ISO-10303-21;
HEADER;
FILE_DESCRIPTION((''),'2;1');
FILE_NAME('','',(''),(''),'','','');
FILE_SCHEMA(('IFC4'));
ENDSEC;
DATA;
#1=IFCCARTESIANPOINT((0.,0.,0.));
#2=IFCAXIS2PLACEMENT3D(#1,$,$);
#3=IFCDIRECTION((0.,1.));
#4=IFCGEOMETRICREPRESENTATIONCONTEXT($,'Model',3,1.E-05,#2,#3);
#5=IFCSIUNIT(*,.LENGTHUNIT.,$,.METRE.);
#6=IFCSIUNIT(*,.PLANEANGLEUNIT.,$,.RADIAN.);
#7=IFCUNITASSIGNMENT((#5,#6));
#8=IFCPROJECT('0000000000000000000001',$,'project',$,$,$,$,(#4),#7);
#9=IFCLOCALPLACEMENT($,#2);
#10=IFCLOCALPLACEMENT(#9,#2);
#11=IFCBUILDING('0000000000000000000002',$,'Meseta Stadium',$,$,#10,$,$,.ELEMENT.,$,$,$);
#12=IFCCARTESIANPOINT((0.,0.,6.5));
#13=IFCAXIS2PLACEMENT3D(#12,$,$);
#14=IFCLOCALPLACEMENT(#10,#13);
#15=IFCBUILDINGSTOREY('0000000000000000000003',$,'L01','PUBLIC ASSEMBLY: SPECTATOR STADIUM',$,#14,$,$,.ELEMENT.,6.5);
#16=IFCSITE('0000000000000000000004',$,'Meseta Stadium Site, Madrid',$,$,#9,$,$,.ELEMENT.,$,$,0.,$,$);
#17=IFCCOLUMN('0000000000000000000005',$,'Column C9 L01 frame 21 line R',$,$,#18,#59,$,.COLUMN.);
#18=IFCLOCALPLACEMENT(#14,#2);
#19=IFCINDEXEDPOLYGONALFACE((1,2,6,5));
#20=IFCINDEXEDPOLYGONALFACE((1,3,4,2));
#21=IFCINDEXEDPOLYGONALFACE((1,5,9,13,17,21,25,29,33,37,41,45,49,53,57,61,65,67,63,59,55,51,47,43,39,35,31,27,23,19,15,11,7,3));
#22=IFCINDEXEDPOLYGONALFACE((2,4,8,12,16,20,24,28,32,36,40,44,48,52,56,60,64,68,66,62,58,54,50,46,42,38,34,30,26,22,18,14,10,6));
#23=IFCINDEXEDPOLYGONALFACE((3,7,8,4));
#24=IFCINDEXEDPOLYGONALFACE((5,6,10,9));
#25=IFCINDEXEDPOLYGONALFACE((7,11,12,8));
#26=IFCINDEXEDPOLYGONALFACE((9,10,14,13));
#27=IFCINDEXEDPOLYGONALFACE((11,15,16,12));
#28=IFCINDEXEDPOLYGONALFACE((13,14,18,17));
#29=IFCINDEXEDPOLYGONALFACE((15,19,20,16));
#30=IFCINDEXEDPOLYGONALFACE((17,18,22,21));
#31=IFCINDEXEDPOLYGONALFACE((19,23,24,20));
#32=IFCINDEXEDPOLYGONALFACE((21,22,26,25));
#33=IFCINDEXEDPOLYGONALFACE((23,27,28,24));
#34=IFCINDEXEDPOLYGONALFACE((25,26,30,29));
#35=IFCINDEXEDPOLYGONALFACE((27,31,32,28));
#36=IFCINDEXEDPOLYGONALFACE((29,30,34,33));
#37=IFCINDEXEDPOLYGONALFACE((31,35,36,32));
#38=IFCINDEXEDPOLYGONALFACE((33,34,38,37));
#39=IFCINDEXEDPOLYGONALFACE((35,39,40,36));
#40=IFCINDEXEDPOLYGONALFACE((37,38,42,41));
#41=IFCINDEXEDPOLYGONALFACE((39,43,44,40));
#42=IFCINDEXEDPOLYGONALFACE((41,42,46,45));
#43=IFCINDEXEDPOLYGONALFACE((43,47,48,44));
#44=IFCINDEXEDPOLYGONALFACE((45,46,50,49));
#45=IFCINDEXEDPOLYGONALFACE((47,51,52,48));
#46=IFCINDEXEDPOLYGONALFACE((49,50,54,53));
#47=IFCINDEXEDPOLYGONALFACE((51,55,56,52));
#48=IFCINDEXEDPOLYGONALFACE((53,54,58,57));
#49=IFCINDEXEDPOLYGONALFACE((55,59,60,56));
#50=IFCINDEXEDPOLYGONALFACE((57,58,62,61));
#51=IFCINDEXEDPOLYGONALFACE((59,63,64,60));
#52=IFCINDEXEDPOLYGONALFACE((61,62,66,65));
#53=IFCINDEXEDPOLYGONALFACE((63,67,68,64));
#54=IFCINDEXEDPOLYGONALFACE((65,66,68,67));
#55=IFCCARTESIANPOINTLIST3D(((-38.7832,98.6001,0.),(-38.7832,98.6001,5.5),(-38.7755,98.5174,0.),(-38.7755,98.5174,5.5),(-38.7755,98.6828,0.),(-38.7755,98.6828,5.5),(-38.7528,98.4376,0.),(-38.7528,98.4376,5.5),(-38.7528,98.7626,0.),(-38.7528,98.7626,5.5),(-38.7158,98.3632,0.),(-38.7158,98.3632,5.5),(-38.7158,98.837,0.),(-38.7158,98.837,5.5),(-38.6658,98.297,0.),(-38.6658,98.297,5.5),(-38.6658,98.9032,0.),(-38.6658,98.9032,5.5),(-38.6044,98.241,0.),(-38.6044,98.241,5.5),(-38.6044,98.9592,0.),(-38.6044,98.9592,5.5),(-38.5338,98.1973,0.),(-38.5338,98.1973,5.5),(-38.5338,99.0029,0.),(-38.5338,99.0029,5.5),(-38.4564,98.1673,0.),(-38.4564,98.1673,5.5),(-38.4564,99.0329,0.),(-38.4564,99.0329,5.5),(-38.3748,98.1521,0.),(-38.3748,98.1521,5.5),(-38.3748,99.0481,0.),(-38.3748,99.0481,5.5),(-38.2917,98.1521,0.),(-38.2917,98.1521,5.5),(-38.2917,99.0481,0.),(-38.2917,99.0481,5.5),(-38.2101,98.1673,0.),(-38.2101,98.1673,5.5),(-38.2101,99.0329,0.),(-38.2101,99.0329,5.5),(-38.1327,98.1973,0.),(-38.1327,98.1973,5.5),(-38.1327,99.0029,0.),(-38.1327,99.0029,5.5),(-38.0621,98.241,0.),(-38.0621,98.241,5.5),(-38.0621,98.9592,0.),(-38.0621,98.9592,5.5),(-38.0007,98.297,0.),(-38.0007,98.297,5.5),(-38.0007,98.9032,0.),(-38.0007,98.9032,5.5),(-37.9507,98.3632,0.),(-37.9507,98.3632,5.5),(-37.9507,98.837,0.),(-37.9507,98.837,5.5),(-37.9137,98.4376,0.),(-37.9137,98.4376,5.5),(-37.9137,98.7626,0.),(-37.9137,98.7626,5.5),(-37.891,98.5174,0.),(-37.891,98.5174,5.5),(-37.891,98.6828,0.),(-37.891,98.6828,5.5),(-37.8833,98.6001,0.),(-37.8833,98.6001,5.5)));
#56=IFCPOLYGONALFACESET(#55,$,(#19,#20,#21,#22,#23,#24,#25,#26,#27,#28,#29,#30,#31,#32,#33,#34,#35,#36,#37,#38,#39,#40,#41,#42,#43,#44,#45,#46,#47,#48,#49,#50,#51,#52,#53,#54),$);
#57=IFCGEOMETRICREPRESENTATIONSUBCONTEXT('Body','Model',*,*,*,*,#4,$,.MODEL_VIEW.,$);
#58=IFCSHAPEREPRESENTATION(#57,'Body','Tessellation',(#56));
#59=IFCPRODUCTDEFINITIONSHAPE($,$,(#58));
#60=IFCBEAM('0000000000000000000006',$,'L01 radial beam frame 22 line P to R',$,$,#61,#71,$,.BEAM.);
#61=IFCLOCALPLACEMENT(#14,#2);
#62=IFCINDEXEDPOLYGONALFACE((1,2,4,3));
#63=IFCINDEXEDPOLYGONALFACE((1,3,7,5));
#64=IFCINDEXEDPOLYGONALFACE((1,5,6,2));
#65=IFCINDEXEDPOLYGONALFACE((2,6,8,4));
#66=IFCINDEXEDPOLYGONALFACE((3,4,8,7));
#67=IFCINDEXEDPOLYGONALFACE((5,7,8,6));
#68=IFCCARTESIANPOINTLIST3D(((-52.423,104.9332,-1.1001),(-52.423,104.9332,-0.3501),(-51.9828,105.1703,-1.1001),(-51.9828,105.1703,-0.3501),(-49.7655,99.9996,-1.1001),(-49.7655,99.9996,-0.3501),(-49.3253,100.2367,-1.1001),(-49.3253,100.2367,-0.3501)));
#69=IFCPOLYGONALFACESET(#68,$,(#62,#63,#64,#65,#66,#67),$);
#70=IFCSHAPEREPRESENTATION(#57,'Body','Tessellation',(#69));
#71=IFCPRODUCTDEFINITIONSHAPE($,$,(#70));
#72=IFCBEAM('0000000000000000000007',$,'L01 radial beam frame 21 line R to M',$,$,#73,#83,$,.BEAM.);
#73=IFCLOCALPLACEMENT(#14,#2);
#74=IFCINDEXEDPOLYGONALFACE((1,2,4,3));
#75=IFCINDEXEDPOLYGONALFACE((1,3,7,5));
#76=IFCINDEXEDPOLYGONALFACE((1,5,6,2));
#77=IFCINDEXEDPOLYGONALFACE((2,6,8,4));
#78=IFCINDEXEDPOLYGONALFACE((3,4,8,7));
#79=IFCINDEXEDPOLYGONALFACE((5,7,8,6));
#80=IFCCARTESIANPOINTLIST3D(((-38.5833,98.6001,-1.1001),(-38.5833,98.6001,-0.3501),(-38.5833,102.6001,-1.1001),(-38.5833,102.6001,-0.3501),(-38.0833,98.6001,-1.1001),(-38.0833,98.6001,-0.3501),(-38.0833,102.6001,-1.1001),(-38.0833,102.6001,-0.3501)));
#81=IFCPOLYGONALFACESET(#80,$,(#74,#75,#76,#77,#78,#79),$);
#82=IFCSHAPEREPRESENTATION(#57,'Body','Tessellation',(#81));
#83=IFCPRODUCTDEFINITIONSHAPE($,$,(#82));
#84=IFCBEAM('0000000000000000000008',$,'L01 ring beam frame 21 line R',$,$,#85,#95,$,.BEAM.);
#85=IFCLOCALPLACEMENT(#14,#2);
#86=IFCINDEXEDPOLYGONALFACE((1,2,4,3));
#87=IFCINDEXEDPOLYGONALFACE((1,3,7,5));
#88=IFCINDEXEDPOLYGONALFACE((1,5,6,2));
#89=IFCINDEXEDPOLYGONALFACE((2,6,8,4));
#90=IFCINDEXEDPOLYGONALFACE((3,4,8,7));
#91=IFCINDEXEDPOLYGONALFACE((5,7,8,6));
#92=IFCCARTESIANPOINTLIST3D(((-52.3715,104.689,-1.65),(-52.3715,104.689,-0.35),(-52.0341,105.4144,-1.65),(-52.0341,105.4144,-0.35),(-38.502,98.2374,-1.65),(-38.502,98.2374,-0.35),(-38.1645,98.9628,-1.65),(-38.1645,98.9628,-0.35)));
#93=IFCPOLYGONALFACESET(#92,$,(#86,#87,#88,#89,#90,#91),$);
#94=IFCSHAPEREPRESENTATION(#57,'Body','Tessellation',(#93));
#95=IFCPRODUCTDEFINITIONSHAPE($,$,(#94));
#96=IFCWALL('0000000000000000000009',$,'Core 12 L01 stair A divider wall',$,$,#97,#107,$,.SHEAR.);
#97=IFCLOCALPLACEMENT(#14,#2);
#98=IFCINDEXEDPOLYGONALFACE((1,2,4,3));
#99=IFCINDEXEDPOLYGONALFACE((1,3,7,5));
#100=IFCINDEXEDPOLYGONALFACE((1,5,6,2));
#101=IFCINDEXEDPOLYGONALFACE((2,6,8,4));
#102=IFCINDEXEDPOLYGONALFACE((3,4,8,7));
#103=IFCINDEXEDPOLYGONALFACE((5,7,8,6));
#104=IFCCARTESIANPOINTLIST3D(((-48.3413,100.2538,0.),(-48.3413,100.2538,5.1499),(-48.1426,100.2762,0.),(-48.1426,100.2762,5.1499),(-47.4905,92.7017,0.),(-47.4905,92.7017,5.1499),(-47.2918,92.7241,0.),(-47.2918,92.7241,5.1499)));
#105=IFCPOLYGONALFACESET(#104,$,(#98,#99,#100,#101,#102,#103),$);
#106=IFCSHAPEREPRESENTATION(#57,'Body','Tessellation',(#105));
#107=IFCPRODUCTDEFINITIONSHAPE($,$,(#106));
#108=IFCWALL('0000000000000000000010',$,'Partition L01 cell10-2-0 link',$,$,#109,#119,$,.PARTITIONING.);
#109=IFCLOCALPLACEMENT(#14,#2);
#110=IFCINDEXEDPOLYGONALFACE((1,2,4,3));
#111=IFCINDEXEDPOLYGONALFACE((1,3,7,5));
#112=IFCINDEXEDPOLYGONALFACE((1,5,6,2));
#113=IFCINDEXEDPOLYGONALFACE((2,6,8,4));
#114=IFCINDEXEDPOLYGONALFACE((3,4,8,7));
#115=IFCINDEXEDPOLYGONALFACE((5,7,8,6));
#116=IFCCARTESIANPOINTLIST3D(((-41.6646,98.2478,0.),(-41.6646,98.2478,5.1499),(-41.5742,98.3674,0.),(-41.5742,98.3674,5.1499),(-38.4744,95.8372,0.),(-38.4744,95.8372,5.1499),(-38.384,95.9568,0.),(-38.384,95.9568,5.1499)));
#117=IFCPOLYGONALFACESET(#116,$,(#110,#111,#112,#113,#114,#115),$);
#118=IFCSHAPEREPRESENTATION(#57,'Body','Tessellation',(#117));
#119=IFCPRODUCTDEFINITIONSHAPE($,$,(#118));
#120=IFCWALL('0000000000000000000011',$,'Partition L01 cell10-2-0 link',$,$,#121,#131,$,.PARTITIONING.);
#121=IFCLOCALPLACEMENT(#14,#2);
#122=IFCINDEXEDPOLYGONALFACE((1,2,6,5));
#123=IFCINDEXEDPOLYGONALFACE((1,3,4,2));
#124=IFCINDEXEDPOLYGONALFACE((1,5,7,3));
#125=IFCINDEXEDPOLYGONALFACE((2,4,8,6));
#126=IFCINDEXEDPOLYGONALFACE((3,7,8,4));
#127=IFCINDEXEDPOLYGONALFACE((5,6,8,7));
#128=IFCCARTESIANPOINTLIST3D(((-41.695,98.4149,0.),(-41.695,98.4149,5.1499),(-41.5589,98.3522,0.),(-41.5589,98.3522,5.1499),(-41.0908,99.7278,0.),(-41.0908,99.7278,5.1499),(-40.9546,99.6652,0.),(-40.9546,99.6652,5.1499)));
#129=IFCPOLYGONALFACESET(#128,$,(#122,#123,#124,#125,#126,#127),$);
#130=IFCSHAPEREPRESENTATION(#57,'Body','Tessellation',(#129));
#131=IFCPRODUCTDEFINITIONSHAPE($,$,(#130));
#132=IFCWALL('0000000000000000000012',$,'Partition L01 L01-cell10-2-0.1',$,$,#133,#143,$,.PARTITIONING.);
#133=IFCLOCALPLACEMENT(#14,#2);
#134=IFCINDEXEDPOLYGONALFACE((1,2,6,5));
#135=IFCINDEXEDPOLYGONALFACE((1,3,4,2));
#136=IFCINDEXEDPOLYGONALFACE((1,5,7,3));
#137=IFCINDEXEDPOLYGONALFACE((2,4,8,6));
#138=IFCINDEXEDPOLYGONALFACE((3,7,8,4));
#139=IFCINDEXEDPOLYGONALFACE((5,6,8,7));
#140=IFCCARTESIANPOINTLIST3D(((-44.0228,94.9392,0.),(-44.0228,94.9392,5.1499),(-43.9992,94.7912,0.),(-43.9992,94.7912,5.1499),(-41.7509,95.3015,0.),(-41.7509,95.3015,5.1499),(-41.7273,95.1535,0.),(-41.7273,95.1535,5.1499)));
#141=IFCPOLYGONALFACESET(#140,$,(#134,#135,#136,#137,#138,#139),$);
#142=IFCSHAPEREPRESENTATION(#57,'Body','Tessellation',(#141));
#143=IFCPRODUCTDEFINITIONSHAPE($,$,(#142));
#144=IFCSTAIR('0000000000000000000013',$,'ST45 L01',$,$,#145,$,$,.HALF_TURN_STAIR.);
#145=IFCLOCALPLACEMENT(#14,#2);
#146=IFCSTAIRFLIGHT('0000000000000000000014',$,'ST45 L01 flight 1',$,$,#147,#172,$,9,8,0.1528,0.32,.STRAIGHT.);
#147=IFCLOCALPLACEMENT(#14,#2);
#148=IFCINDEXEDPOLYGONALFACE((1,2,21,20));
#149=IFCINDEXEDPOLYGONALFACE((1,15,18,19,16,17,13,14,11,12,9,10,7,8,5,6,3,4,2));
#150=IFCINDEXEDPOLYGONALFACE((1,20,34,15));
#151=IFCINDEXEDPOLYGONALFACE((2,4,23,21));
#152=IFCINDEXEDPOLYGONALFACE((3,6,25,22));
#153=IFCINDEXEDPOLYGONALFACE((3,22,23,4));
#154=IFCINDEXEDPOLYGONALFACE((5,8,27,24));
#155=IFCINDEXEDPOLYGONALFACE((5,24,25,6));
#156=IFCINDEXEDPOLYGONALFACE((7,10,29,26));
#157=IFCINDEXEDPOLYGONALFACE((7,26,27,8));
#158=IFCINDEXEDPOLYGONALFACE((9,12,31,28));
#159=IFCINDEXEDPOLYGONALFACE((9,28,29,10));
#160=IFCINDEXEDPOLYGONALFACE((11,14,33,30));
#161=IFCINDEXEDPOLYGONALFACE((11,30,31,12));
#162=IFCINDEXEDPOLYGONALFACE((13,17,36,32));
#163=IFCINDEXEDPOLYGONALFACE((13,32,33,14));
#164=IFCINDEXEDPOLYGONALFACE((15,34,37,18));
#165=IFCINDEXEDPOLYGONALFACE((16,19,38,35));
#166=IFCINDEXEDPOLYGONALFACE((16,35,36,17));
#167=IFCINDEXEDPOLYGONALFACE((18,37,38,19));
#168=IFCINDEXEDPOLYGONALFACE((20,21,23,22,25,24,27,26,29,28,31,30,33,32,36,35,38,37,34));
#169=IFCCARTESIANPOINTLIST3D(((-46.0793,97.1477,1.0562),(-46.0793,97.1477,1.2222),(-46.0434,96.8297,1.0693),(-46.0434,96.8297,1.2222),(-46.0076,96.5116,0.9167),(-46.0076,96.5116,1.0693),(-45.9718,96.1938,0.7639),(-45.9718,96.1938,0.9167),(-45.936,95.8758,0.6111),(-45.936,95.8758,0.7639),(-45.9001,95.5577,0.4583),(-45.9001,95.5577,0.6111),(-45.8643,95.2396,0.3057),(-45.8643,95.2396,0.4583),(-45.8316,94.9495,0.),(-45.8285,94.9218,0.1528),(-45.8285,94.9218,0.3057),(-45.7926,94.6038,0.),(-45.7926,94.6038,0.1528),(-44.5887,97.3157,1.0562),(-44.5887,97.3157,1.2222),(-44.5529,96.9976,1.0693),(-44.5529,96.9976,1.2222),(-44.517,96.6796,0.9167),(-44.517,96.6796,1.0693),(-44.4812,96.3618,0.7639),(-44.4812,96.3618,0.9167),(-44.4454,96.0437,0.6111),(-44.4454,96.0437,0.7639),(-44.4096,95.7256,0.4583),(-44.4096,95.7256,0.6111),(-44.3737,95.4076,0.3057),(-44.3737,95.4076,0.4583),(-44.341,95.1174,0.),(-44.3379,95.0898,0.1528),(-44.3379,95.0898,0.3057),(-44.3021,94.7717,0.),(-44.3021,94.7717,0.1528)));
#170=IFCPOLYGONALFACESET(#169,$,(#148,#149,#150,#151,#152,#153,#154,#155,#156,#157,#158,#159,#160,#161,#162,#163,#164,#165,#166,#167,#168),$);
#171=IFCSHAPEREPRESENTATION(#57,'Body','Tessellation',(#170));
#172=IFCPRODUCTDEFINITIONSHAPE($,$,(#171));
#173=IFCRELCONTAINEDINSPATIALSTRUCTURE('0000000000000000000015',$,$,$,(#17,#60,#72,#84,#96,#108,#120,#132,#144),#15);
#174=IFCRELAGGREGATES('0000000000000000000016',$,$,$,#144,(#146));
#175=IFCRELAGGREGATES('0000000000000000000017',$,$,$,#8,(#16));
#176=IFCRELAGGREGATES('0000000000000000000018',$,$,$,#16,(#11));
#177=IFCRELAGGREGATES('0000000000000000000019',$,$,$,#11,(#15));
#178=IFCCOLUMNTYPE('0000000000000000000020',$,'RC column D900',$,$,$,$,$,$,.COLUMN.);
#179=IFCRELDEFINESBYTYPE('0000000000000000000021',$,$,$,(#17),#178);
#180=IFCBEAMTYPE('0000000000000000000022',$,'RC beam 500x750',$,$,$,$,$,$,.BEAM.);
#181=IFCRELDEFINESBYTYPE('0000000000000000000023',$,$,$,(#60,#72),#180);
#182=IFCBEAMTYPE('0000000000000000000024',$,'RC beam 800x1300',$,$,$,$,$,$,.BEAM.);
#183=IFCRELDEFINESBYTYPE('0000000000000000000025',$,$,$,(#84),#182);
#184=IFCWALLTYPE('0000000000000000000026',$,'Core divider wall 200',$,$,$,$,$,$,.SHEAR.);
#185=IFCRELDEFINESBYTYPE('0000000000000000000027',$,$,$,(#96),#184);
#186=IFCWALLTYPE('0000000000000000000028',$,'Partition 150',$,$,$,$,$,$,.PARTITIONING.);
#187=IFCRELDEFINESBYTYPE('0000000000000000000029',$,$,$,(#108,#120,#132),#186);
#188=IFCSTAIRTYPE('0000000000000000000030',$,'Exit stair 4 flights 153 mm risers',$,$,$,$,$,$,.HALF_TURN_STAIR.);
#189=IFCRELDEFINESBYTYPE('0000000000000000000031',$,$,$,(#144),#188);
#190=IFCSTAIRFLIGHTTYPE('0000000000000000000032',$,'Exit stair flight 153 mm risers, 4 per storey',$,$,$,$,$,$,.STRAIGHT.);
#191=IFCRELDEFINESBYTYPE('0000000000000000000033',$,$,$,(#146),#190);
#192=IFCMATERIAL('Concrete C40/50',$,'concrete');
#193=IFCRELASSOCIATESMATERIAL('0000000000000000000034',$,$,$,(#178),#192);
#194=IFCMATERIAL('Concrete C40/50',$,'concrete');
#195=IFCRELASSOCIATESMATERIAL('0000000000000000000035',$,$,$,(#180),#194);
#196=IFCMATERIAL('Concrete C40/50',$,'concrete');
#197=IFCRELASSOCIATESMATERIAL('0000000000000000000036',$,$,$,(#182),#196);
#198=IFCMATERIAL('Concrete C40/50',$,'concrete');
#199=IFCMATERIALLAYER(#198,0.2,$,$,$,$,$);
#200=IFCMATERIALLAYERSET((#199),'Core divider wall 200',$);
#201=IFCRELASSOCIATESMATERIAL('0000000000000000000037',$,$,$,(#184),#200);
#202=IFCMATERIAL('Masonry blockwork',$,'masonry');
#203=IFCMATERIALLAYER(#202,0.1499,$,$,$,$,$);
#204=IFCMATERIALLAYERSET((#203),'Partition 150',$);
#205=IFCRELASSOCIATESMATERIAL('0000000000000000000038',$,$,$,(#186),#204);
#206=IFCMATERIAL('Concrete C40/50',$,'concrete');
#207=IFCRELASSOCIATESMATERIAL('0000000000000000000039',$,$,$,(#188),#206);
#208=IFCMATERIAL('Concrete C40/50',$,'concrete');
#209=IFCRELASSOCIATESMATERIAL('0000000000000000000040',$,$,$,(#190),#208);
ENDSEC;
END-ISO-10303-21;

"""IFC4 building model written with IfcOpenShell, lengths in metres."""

from ifc_helpers import new_model, si_unit, direction, frame, frame_2d, origin, origin_2d, place, context, subcontext, project, spatial, polyline, rectangle, circle, outline, extrude, material, layer, layer_set, material_profile, profile_set, type_object, element, aggregate, save


model = new_model("IFC4")

# Units and contexts
model_context = context("Model", 3, precision=1e-05, world=origin(), true_north=direction((0.0, 1.0)))
body_context = subcontext(model_context, "Body", "Model", "MODEL_VIEW")
ifc_project = project(units=[si_unit("LENGTHUNIT", "METRE"), si_unit("PLANEANGLEUNIT", "RADIAN")], contexts=[model_context])

# Site, building, storey
site_placement = place(None, origin())
site = spatial("IfcSite", under=ifc_project, at=site_placement, Name="Meseta Stadium Site, Madrid", CompositionType="ELEMENT", RefElevation=0.0)
building_placement = place(site_placement, origin())
building = spatial("IfcBuilding", under=site, at=building_placement, Name="Meseta Stadium", CompositionType="ELEMENT")
storey_placement = place(building_placement, frame((0.0, 0.0, 6.5)))
storey = spatial("IfcBuildingStorey", under=building, at=storey_placement, Name="L01", Description="PUBLIC ASSEMBLY: SPECTATOR STADIUM", CompositionType="ELEMENT", Elevation=6.5)

# Column
ifc_material_1 = material(Name="Concrete C40/50", Category="concrete")
ifc_material_profile_1 = material_profile(ifc_material_1, circle(Radius=0.45, at=origin_2d()), Name="RC D900")
ifc_profile_set_1 = profile_set([ifc_material_profile_1], Name="Concrete C40/50")
column_type = type_object("IfcColumnType", Name="RC column D900", PredefinedType="COLUMN", material=ifc_profile_set_1)
column_placement = place(storey_placement, frame((-38.3333, 98.6001, 0.0), z_axis=(0.0, 0.0, 1.0), x_axis=(1.0, 0.0, 0.0)))
element("IfcColumn", 1, at=column_placement, inside=storey, type_object=column_type, Name="Column C9 L01 frame 21 line R", PredefinedType="COLUMN", context=body_context, shape_type="SweptSolid", body=[
    extrude(circle(Radius=0.45, at=origin_2d()), origin(), (0.0, 0.0, 1.0), 5.5),
])

# Beams
ifc_material_2 = material(Name="Concrete C40/50", Category="concrete")
ifc_material_profile_2 = material_profile(ifc_material_2, rectangle(XDim=0.5, YDim=0.75, at=origin_2d()), Name="RC 500x750")
ifc_profile_set_2 = profile_set([ifc_material_profile_2], Name="Concrete C40/50")
beam_type_1 = type_object("IfcBeamType", Name="RC beam 500x750", PredefinedType="BEAM", material=ifc_profile_set_2)
beam_1_placement = place(storey_placement, frame((-49.5454, 100.1182, -0.7251), z_axis=(-0.474227, 0.880403, 0.0), x_axis=(-0.880403, -0.474227, 0.0)))
element("IfcBeam", 2, at=beam_1_placement, inside=storey, type_object=beam_type_1, Name="L01 radial beam frame 22 line P to R", PredefinedType="BEAM", context=body_context, shape_type="SweptSolid", body=[
    extrude(rectangle(XDim=0.5, YDim=0.75, at=origin_2d()), origin(), (0.0, 0.0, 1.0), 5.6038),
])
beam_2_placement = place(storey_placement, frame((-38.3333, 98.6001, -0.7251), z_axis=(0.0, 1.0, 0.0), x_axis=(-1.0, 0.0, 0.0)))
element("IfcBeam", 3, at=beam_2_placement, inside=storey, type_object=beam_type_1, Name="L01 radial beam frame 21 line R to M", PredefinedType="BEAM", context=body_context, shape_type="SweptSolid", body=[
    extrude(rectangle(XDim=0.5, YDim=0.75, at=origin_2d()), origin(), (0.0, 0.0, 1.0), 4.0),
])
ifc_material_3 = material(Name="Concrete C40/50", Category="concrete")
ifc_material_profile_3 = material_profile(ifc_material_3, rectangle(XDim=0.8, YDim=1.3, at=origin_2d()), Name="RC 800x1300")
ifc_profile_set_3 = profile_set([ifc_material_profile_3], Name="Concrete C40/50")
beam_type_2 = type_object("IfcBeamType", Name="RC beam 800x1300", PredefinedType="BEAM", material=ifc_profile_set_3)
beam_3_placement = place(storey_placement, frame((-38.3333, 98.6001, -1.0), z_axis=(-0.906704, 0.421767, 0.0), x_axis=(-0.421767, -0.906704, 0.0)))
element("IfcBeam", 4, at=beam_3_placement, inside=storey, type_object=beam_type_2, Name="L01 ring beam frame 21 line R", PredefinedType="BEAM", context=body_context, shape_type="SweptSolid", body=[
    extrude(rectangle(XDim=0.8, YDim=1.3, at=origin_2d()), origin(), (0.0, 0.0, 1.0), 15.2966),
])

# Walls
ifc_material_4 = material(Name="Concrete C40/50", Category="concrete")
ifc_layer_1 = layer(ifc_material_4, 0.2)
ifc_layer_set_1 = layer_set([ifc_layer_1], Name="Core divider wall 200")
wall_type_1 = type_object("IfcWallType", Name="Core divider wall 200", PredefinedType="SHEAR", material=ifc_layer_set_1)
wall_1_placement = place(storey_placement, frame((-48.2419, 100.2649, 0.0), z_axis=(0.0, 0.0, 1.0), x_axis=(0.111955, -0.993713, 0.0)))
element("IfcWall", 5, at=wall_1_placement, inside=storey, type_object=wall_type_1, Name="Core 12 L01 stair A divider wall", PredefinedType="SHEAR", context=body_context, shape_type="SweptSolid", body=[
    extrude(rectangle(XDim=7.5999, YDim=0.2, at=frame_2d((3.7998, 0.0))), origin(), (0.0, 0.0, 1.0), 5.1499),
])
ifc_material_5 = material(Name="Masonry blockwork", Category="masonry")
ifc_layer_2 = layer(ifc_material_5, 0.1499)
ifc_layer_set_2 = layer_set([ifc_layer_2], Name="Partition 150")
wall_type_2 = type_object("IfcWallType", Name="Partition 150", PredefinedType="PARTITIONING", material=ifc_layer_set_2)
wall_2_placement = place(storey_placement, frame((-38.4292, 95.897, 0.0), z_axis=(0.0, 0.0, 1.0), x_axis=(-0.797833, 0.602878, 0.0)))
element("IfcWall", 6, at=wall_2_placement, inside=storey, type_object=wall_type_2, Name="Partition L01 cell10-2-0 link", PredefinedType="PARTITIONING", context=body_context, shape_type="SweptSolid", body=[
    extrude(rectangle(XDim=3.9985, YDim=0.1499, at=frame_2d((1.9993, 0.0))), origin(), (0.0, 0.0, 1.0), 5.1499),
])
wall_3_placement = place(storey_placement, frame((-41.627, 98.3835, 0.0), z_axis=(0.0, 0.0, 1.0), x_axis=(0.418062, 0.908419, 0.0)))
element("IfcWall", 7, at=wall_3_placement, inside=storey, type_object=wall_type_2, Name="Partition L01 cell10-2-0 link", PredefinedType="PARTITIONING", context=body_context, shape_type="SweptSolid", body=[
    extrude(rectangle(XDim=1.4453, YDim=0.1499, at=frame_2d((0.7227, 0.0))), origin(), (0.0, 0.0, 1.0), 5.1499),
])
wall_4_placement = place(storey_placement, frame((-41.739, 95.2275, 0.0), z_axis=(0.0, 0.0, 1.0), x_axis=(-0.98752, -0.157494, 0.0)))
element("IfcWall", 8, at=wall_4_placement, inside=storey, type_object=wall_type_2, Name="Partition L01 L01-cell10-2-0.1", PredefinedType="PARTITIONING", context=body_context, shape_type="SweptSolid", body=[
    extrude(rectangle(XDim=2.3005, YDim=0.1499, at=frame_2d((1.1504, 0.0))), origin(), (0.0, 0.0, 1.0), 5.1499),
])

# Stair, stair flight
ifc_material_6 = material(Name="Concrete C40/50", Category="concrete")
stair_type = type_object("IfcStairType", Name="Exit stair 4 flights 153 mm risers", PredefinedType="HALF_TURN_STAIR", material=ifc_material_6)
stair_1_placement = place(storey_placement, origin())
stair_1 = element("IfcStair", 9, at=stair_1_placement, inside=storey, type_object=stair_type, Name="ST45 L01", PredefinedType="HALF_TURN_STAIR")
ifc_material_7 = material(Name="Concrete C40/50", Category="concrete")
stair_flight_type = type_object("IfcStairFlightType", Name="Exit stair flight 153 mm risers, 4 per storey", PredefinedType="STRAIGHT", material=ifc_material_7)
stair_flight_1_placement = place(storey_placement, frame((-45.0474, 94.6877, 0.0), z_axis=(0.0, 0.0, 1.0), x_axis=(-0.111964, 0.993712, 0.0)))
stair_flight_1 = element("IfcStairFlight", 10, at=stair_flight_1_placement, type_object=stair_flight_type, Name="ST45 L01 flight 1", NumberOfRisers=9, NumberOfTreads=8, PredefinedType="STRAIGHT", RiserHeight=0.1528, TreadLength=0.32, context=body_context, shape_type="SweptSolid", body=[
    extrude(outline(polyline([(0.0, 0.0), (0.0, 0.1528), (0.3201, 0.1528), (0.3201, 0.3057), (0.6399, 0.3057), (0.6399, 0.4583), (0.96, 0.4583), (0.96, 0.6111), (1.28, 0.6111), (1.28, 0.7639), (1.6001, 0.7639), (1.6001, 0.9167), (1.9199, 0.9167), (1.9199, 1.0693), (2.24, 1.0693), (2.24, 1.2222), (2.5601, 1.2222), (2.5601, 1.0562), (0.3479, 0.0), (0.0, 0.0)])), frame((0.0, 0.75, 0.0), z_axis=(0.0, -1.0, 0.0), x_axis=(1.0, 0.0, 0.0)), (0.0, 0.0, 1.0), 1.5),
])
aggregate(stair_1, [stair_flight_1])

save(model, "model.ifc")
